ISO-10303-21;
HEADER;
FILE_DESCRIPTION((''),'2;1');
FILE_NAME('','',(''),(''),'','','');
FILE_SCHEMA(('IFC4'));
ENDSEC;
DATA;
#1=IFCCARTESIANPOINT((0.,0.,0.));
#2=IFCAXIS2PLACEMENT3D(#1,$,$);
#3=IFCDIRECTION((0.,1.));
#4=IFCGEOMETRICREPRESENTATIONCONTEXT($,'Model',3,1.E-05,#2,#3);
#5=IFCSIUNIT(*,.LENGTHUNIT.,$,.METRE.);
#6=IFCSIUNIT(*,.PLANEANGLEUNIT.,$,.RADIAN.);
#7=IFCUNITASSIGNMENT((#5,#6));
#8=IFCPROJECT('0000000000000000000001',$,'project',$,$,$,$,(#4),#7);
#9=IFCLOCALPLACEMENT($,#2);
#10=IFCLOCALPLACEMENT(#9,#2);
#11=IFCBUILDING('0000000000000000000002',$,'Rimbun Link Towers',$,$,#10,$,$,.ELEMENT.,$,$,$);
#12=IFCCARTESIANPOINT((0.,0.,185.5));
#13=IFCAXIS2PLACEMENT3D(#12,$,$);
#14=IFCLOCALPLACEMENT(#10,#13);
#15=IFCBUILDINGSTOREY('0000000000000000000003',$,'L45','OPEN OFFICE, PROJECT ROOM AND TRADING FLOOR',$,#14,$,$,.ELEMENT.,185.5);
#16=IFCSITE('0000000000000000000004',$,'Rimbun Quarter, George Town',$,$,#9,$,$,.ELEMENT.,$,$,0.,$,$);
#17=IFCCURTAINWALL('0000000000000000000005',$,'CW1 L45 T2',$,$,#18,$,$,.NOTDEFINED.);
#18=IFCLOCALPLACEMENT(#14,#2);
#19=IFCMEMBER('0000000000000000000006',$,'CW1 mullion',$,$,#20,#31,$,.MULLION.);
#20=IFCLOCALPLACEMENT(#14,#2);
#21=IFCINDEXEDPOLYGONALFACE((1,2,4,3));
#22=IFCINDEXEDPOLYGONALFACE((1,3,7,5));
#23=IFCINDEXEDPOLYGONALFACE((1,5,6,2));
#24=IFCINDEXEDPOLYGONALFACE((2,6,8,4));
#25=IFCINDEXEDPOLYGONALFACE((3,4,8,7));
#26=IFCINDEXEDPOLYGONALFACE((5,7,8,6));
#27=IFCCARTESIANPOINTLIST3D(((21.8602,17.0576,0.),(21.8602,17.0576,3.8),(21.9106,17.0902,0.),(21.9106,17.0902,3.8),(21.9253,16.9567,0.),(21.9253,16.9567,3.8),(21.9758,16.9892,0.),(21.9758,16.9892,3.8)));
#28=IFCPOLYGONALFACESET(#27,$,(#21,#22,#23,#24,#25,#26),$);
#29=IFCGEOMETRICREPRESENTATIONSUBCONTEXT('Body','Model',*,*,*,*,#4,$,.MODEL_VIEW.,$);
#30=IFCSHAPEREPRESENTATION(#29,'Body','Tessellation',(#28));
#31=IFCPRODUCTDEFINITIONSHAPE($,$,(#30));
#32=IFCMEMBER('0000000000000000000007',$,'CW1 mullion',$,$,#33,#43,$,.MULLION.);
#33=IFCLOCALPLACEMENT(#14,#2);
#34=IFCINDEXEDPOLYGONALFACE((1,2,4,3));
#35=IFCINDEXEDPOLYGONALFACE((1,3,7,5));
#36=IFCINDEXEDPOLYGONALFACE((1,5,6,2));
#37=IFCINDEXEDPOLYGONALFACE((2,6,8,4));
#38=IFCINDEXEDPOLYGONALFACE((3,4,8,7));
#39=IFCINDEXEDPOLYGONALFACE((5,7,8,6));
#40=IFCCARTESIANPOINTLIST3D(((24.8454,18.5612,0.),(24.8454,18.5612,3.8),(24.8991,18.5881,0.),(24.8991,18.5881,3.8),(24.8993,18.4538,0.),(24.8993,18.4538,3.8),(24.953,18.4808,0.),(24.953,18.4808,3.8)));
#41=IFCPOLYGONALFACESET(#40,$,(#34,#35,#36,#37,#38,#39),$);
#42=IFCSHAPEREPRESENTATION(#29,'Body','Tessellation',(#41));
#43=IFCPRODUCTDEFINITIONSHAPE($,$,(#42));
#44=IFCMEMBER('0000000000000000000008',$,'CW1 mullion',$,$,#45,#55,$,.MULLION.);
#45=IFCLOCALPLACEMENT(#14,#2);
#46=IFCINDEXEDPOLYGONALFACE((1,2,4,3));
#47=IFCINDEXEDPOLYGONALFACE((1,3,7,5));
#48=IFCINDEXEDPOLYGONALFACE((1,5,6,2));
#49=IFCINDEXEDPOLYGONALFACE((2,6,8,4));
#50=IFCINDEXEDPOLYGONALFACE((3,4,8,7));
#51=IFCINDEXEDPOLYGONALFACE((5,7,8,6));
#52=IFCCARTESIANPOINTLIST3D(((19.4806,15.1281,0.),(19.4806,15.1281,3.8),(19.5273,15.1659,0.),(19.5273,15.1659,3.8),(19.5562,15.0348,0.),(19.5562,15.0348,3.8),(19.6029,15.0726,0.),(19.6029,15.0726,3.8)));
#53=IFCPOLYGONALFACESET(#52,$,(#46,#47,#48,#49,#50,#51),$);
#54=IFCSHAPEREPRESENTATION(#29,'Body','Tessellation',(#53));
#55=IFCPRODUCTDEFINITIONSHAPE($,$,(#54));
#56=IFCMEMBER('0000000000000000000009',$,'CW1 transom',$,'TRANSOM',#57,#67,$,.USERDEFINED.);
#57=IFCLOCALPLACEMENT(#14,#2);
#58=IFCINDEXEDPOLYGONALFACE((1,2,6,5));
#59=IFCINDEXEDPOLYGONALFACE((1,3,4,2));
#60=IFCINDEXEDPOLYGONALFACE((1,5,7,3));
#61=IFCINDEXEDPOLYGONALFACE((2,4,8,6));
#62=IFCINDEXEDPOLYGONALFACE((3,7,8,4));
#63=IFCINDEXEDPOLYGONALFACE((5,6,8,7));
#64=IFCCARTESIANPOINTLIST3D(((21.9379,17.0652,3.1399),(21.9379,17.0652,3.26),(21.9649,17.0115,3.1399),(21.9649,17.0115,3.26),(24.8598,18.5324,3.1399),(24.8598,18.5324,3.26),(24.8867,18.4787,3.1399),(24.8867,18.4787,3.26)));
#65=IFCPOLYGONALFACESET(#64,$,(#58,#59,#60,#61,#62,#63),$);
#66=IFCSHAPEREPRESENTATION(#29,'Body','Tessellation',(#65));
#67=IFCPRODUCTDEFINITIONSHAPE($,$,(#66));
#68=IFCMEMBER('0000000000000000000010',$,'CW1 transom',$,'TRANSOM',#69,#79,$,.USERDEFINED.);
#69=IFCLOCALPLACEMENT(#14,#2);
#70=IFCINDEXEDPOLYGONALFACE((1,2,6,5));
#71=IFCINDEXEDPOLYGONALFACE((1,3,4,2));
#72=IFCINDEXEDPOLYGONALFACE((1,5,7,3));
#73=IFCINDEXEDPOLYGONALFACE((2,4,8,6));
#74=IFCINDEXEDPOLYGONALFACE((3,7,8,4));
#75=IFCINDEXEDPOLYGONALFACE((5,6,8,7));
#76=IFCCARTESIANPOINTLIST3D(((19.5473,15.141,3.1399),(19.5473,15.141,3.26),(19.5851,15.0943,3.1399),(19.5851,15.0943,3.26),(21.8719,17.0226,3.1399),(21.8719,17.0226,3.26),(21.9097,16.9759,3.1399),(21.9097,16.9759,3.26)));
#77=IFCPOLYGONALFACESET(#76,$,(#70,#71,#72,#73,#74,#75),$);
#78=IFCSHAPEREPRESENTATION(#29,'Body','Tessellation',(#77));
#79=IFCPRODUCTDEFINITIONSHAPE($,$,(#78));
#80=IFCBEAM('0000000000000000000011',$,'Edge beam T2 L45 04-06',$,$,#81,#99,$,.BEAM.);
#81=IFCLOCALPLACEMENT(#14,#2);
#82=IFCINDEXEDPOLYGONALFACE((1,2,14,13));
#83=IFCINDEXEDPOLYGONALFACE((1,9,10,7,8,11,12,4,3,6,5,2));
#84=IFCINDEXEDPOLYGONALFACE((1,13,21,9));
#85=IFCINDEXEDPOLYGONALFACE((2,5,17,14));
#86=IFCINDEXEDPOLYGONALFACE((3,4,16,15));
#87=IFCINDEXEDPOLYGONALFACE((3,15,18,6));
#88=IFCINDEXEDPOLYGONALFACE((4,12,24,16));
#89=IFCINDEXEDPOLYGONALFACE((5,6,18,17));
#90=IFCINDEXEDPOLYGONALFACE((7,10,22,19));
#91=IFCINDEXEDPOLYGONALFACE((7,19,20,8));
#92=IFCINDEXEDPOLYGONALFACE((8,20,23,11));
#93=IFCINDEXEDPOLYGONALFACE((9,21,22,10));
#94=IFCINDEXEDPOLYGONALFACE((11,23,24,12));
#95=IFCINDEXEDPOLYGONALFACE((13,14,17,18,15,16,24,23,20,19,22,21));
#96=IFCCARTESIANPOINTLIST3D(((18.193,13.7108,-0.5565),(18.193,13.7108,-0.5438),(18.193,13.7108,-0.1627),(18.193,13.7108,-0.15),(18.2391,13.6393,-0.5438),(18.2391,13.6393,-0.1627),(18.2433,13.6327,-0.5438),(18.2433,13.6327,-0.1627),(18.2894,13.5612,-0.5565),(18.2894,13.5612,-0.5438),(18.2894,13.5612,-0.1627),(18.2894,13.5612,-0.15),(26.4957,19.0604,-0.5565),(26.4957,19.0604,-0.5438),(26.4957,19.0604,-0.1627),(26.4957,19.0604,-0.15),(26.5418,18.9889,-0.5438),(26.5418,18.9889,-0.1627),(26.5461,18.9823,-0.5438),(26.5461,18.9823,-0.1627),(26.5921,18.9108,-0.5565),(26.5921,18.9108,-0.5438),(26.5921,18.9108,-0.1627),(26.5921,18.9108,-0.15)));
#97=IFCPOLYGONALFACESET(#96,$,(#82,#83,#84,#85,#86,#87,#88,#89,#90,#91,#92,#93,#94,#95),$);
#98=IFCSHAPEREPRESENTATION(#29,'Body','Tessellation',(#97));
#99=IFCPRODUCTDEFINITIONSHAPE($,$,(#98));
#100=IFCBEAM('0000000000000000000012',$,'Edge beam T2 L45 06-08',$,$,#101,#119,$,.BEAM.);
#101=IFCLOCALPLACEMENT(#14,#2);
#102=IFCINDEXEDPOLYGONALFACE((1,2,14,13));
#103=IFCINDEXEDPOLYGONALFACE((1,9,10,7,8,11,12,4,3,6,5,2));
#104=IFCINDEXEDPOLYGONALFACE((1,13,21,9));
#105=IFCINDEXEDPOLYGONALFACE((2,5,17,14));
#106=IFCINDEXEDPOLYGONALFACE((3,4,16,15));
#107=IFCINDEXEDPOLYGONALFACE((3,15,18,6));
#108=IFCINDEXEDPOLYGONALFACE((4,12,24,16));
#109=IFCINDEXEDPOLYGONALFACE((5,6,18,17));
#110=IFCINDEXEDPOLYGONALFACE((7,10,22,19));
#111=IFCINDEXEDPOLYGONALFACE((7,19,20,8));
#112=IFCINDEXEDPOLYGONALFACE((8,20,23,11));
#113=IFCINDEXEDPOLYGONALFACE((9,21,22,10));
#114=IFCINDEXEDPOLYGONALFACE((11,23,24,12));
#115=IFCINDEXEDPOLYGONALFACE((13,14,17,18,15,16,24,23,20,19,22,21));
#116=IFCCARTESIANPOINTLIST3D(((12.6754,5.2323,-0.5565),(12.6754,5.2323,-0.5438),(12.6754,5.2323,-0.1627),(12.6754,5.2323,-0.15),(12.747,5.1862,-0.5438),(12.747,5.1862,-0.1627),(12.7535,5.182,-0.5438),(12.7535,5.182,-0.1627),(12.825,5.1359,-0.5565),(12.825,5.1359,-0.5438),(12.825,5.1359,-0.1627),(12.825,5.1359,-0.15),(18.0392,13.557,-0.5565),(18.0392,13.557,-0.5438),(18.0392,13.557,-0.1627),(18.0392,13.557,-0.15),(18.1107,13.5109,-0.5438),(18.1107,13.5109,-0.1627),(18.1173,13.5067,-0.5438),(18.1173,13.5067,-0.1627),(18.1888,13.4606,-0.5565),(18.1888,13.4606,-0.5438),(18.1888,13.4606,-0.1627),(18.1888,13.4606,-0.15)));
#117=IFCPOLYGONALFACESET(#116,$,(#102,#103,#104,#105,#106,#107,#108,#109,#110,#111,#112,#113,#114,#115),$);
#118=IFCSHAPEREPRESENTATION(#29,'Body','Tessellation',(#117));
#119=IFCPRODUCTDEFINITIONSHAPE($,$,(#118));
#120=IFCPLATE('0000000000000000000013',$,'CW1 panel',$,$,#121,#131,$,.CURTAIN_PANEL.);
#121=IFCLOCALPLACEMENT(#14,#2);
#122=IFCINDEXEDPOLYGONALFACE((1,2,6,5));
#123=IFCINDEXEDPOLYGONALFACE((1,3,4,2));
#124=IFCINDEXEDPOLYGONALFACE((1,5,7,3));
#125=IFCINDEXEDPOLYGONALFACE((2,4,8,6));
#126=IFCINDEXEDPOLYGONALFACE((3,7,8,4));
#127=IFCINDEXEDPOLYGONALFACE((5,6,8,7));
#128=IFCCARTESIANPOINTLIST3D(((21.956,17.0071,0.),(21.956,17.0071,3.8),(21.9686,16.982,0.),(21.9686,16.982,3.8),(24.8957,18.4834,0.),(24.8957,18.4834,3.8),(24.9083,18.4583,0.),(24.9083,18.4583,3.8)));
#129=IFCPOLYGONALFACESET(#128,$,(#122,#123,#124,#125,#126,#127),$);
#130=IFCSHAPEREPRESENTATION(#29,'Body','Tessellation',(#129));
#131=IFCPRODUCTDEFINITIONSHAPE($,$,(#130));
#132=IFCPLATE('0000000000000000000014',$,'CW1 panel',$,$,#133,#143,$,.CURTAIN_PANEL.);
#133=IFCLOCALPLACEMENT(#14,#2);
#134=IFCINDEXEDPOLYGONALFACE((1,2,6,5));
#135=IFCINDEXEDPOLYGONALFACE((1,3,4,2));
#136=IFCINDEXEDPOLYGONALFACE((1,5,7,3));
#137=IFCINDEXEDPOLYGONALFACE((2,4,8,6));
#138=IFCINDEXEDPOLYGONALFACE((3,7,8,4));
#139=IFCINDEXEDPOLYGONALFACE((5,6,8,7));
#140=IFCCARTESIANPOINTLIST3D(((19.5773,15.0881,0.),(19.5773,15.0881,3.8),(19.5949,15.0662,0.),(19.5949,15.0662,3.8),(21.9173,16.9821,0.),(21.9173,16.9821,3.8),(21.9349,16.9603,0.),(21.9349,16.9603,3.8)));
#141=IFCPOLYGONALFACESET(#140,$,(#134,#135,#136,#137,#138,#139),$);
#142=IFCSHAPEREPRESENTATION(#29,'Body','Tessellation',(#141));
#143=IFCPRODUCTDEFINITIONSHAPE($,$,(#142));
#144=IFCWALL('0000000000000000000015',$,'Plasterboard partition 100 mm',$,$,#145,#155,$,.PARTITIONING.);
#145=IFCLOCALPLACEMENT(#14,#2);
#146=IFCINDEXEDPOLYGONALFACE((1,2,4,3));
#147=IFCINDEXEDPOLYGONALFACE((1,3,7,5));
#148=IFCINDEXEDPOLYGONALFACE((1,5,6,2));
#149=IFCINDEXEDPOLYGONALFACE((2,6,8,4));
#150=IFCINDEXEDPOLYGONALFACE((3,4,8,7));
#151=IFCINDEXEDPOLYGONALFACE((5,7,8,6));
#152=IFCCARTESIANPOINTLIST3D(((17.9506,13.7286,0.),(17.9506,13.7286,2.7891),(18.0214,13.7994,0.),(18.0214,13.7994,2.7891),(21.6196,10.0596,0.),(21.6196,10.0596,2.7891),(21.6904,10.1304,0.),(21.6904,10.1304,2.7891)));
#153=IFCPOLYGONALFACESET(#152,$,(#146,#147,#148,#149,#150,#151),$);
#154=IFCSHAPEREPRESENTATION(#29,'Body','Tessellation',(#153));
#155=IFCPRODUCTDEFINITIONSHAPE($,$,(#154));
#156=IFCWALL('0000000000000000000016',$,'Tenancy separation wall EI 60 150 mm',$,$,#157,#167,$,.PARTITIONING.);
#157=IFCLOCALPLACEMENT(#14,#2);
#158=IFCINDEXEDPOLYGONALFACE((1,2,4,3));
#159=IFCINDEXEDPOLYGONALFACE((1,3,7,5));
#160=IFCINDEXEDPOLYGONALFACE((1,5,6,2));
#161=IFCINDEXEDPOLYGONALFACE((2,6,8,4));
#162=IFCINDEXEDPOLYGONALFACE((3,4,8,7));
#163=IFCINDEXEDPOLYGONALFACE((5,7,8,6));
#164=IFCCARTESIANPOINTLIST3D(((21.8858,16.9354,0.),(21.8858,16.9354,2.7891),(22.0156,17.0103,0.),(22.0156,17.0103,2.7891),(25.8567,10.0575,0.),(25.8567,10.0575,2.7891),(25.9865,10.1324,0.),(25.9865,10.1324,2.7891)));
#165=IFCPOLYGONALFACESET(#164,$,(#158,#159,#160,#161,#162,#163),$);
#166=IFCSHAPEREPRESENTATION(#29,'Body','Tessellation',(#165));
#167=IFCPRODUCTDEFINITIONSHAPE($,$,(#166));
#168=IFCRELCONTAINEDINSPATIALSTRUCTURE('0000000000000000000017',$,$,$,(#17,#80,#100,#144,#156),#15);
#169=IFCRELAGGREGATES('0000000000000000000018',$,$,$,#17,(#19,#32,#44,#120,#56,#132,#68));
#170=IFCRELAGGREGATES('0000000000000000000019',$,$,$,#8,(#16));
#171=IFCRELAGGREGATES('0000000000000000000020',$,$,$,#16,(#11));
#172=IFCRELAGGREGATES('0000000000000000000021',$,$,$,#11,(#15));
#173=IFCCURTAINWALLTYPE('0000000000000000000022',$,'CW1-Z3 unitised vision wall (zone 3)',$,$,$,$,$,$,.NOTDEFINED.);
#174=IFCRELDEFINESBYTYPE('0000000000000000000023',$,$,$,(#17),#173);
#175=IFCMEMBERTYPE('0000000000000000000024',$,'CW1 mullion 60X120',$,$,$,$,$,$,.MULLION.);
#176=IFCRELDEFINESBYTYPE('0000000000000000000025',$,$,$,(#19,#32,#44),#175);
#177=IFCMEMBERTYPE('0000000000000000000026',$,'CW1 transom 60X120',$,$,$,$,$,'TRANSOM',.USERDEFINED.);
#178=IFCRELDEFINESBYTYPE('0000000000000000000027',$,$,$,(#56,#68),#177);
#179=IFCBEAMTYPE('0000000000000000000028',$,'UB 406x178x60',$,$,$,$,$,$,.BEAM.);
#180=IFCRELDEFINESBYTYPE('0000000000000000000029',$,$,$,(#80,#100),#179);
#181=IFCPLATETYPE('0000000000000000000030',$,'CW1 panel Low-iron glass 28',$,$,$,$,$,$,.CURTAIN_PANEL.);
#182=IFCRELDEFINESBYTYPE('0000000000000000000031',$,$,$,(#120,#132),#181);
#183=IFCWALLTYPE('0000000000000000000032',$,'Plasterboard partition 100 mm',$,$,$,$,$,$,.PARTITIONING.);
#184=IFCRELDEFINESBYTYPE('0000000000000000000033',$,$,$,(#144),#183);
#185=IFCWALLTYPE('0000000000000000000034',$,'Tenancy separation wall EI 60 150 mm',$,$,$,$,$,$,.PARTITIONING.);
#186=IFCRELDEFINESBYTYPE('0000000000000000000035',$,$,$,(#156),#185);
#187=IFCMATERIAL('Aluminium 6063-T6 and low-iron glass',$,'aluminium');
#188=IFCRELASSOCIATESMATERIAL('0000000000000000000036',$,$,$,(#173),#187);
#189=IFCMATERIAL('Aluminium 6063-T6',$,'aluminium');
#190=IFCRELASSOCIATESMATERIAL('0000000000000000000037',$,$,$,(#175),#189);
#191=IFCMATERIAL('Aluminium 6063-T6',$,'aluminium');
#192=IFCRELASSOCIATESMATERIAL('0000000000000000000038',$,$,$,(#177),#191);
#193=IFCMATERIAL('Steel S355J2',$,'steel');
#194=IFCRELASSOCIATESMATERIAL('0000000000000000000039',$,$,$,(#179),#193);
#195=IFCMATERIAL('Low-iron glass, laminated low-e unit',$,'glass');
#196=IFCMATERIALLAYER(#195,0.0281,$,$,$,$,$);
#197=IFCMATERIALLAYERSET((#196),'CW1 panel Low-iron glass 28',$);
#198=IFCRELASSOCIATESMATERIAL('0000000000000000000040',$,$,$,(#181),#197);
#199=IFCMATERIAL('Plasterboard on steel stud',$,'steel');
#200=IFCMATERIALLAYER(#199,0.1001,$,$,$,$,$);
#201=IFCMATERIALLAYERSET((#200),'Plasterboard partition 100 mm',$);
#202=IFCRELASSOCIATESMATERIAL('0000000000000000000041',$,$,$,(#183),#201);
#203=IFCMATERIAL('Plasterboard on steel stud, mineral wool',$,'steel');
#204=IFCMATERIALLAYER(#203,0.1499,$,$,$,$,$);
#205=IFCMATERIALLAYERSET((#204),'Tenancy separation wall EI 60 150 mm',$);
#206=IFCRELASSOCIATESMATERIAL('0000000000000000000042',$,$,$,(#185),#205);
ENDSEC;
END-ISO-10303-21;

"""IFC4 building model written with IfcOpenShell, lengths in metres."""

from ifc_helpers import new_model, si_unit, direction, frame, frame_2d, origin, origin_2d, place, context, subcontext, project, spatial, rectangle, i_section, extrude, material, layer, layer_set, material_profile, profile_set, type_object, element, aggregate, save


model = new_model("IFC4")

# Units and contexts
model_context = context("Model", 3, precision=1e-05, world=origin(), true_north=direction((0.0, 1.0)))
body_context = subcontext(model_context, "Body", "Model", "MODEL_VIEW")
ifc_project = project(units=[si_unit("LENGTHUNIT", "METRE"), si_unit("PLANEANGLEUNIT", "RADIAN")], contexts=[model_context])

# Site, building, storey
site_placement = place(None, origin())
site = spatial("IfcSite", under=ifc_project, at=site_placement, Name="Rimbun Quarter, George Town", CompositionType="ELEMENT", RefElevation=0.0)
building_placement = place(site_placement, origin())
building = spatial("IfcBuilding", under=site, at=building_placement, Name="Rimbun Link Towers", CompositionType="ELEMENT")
storey_placement = place(building_placement, frame((0.0, 0.0, 185.5)))
storey = spatial("IfcBuildingStorey", under=building, at=storey_placement, Name="L45", Description="OPEN OFFICE, PROJECT ROOM AND TRADING FLOOR", CompositionType="ELEMENT", Elevation=185.5)

# Curtain wall, members
ifc_material_1 = material(Name="Aluminium 6063-T6 and low-iron glass", Category="aluminium")
curtain_wall_type = type_object("IfcCurtainWallType", Name="CW1-Z3 unitised vision wall (zone 3)", PredefinedType="NOTDEFINED", material=ifc_material_1)
curtain_wall_placement = place(storey_placement, origin())
curtain_wall = element("IfcCurtainWall", 1, at=curtain_wall_placement, inside=storey, type_object=curtain_wall_type, Name="CW1 L45 T2", PredefinedType="NOTDEFINED")
ifc_material_2 = material(Name="Aluminium 6063-T6", Category="aluminium")
ifc_material_profile_1 = material_profile(ifc_material_2, rectangle(XDim=0.1201, YDim=0.0601, at=origin_2d()), Name="MULLION 60X120")
ifc_profile_set_1 = profile_set([ifc_material_profile_1], Name="Aluminium 6063-T6")
member_type_1 = type_object("IfcMemberType", Name="CW1 mullion 60X120", PredefinedType="MULLION", material=ifc_profile_set_1)
member_1_placement = place(storey_placement, frame((21.918, 17.0234, 0.0), z_axis=(0.0, 0.0, 1.0), x_axis=(-0.542094, 0.840318, 0.0)))
member_1 = element("IfcMember", 2, at=member_1_placement, type_object=member_type_1, Name="CW1 mullion", PredefinedType="MULLION", context=body_context, shape_type="SweptSolid", body=[
    extrude(rectangle(XDim=0.1201, YDim=0.0601, at=origin_2d()), origin(), (0.0, 0.0, 1.0), 3.8),
])
member_2_placement = place(storey_placement, frame((24.8992, 18.521, 0.0), z_axis=(0.0, 0.0, 1.0), x_axis=(-0.448781, 0.893642, 0.0)))
member_2 = element("IfcMember", 3, at=member_2_placement, type_object=member_type_1, Name="CW1 mullion", PredefinedType="MULLION", context=body_context, shape_type="SweptSolid", body=[
    extrude(rectangle(XDim=0.1201, YDim=0.0601, at=origin_2d()), origin(), (0.0, 0.0, 1.0), 3.8),
])
member_3_placement = place(storey_placement, frame((19.5417, 15.1003, 0.0), z_axis=(0.0, 0.0, 1.0), x_axis=(-0.629146, 0.777287, 0.0)))
member_3 = element("IfcMember", 4, at=member_3_placement, type_object=member_type_1, Name="CW1 mullion", PredefinedType="MULLION", context=body_context, shape_type="SweptSolid", body=[
    extrude(rectangle(XDim=0.1201, YDim=0.0601, at=origin_2d()), origin(), (0.0, 0.0, 1.0), 3.8),
])
ifc_material_3 = material(Name="Aluminium 6063-T6", Category="aluminium")
ifc_material_profile_2 = material_profile(ifc_material_3, rectangle(XDim=0.0601, YDim=0.1201, at=origin_2d()), Name="TRANSOM 60X120")
ifc_profile_set_2 = profile_set([ifc_material_profile_2], Name="Aluminium 6063-T6")
member_type_2 = type_object("IfcMemberType", Name="CW1 transom 60X120", ElementType="TRANSOM", PredefinedType="USERDEFINED", material=ifc_profile_set_2)
member_4_placement = place(storey_placement, frame((21.9514, 17.0383, 3.2), z_axis=(0.893649, 0.448766, 0.0), x_axis=(-0.448766, 0.893649, 0.0)))
member_4 = element("IfcMember", 5, at=member_4_placement, type_object=member_type_2, Name="CW1 transom", ObjectType="TRANSOM", PredefinedType="USERDEFINED", context=body_context, shape_type="SweptSolid", body=[
    extrude(rectangle(XDim=0.0601, YDim=0.1201, at=origin_2d()), origin(), (0.0, 0.0, 1.0), 3.2695),
])
member_5_placement = place(storey_placement, frame((19.5662, 15.1177, 3.2), z_axis=(0.777296, 0.629135, 0.0), x_axis=(-0.629135, 0.777296, 0.0)))
member_5 = element("IfcMember", 6, at=member_5_placement, type_object=member_type_2, Name="CW1 transom", ObjectType="TRANSOM", PredefinedType="USERDEFINED", context=body_context, shape_type="SweptSolid", body=[
    extrude(rectangle(XDim=0.0601, YDim=0.1201, at=origin_2d()), origin(), (0.0, 0.0, 1.0), 2.9907),
])

# Beams
ifc_material_4 = material(Name="Steel S355J2", Category="steel")
ifc_material_profile_3 = material_profile(ifc_material_4, i_section(OverallWidth=0.178, OverallDepth=0.4065, WebThickness=0.0078, FlangeThickness=0.0127, at=origin_2d()), Name="UB 406x178x60")
ifc_profile_set_3 = profile_set([ifc_material_profile_3], Name="Steel S355J2")
beam_type = type_object("IfcBeamType", Name="UB 406x178x60", PredefinedType="BEAM", material=ifc_profile_set_3)
beam_1_placement = place(storey_placement, frame((26.5439, 18.9856, -0.3533), z_axis=(-0.840619, -0.541627, 0.0), x_axis=(0.541627, -0.840619, 0.0)))
element("IfcBeam", 7, at=beam_1_placement, inside=storey, type_object=beam_type, Name="Edge beam T2 L45 04-06", PredefinedType="BEAM", context=body_context, shape_type="SweptSolid", body=[
    extrude(i_section(OverallWidth=0.178, OverallDepth=0.4065, WebThickness=0.0078, FlangeThickness=0.0127, at=origin_2d()), origin(), (0.0, 0.0, 1.0), 9.877),
])
beam_2_placement = place(storey_placement, frame((18.114, 13.5088, -0.3533), z_axis=(-0.541627, -0.840619, 0.0), x_axis=(0.840619, -0.541627, 0.0)))
element("IfcBeam", 8, at=beam_2_placement, inside=storey, type_object=beam_type, Name="Edge beam T2 L45 06-08", PredefinedType="BEAM", context=body_context, shape_type="SweptSolid", body=[
    extrude(i_section(OverallWidth=0.178, OverallDepth=0.4065, WebThickness=0.0078, FlangeThickness=0.0127, at=origin_2d()), origin(), (0.0, 0.0, 1.0), 9.9031),
])

# Plates
ifc_material_5 = material(Name="Low-iron glass, laminated low-e unit", Category="glass")
ifc_layer_1 = layer(ifc_material_5, 0.0281)
ifc_layer_set_1 = layer_set([ifc_layer_1], Name="CW1 panel Low-iron glass 28")
plate_type = type_object("IfcPlateType", Name="CW1 panel Low-iron glass 28", PredefinedType="CURTAIN_PANEL", material=ifc_layer_set_1)
plate_1_placement = place(storey_placement, frame((23.4321, 17.7327, 0.0), z_axis=(0.0, 0.0, 1.0), x_axis=(0.893642, 0.448781, 0.0)))
plate_1 = element("IfcPlate", 9, at=plate_1_placement, type_object=plate_type, Name="CW1 panel", PredefinedType="CURTAIN_PANEL", context=body_context, shape_type="SweptSolid", body=[
    extrude(rectangle(XDim=3.2896, YDim=0.0281, at=origin_2d()), origin(), (0.0, 0.0, 1.0), 3.8),
])
plate_2_placement = place(storey_placement, frame((20.7561, 16.0242, 0.0), z_axis=(0.0, 0.0, 1.0), x_axis=(0.777287, 0.629146, 0.0)))
plate_2 = element("IfcPlate", 10, at=plate_2_placement, type_object=plate_type, Name="CW1 panel", PredefinedType="CURTAIN_PANEL", context=body_context, shape_type="SweptSolid", body=[
    extrude(rectangle(XDim=3.0105, YDim=0.0281, at=origin_2d()), origin(), (0.0, 0.0, 1.0), 3.8),
])
aggregate(curtain_wall, [member_1, member_2, member_3, plate_1, member_4, plate_2, member_5])

# Walls
ifc_material_6 = material(Name="Plasterboard on steel stud", Category="steel")
ifc_layer_2 = layer(ifc_material_6, 0.1001)
ifc_layer_set_2 = layer_set([ifc_layer_2], Name="Plasterboard partition 100 mm")
wall_type_1 = type_object("IfcWallType", Name="Plasterboard partition 100 mm", PredefinedType="PARTITIONING", material=ifc_layer_set_2)
wall_1_placement = place(storey_placement, frame((17.9861, 13.7639, 0.0), z_axis=(0.0, 0.0, 1.0), x_axis=(0.707107, -0.707107, 0.0)))
element("IfcWall", 11, at=wall_1_placement, inside=storey, type_object=wall_type_1, Name="Plasterboard partition 100 mm", PredefinedType="PARTITIONING", context=body_context, shape_type="SweptSolid", body=[
    extrude(rectangle(XDim=5.1887, YDim=0.1001, at=frame_2d((2.5942, 0.0))), origin(), (0.0, 0.0, 1.0), 2.7891),
])
ifc_material_7 = material(Name="Plasterboard on steel stud, mineral wool", Category="steel")
ifc_layer_3 = layer(ifc_material_7, 0.1499)
ifc_layer_set_3 = layer_set([ifc_layer_3], Name="Tenancy separation wall EI 60 150 mm")
wall_type_2 = type_object("IfcWallType", Name="Tenancy separation wall EI 60 150 mm", PredefinedType="PARTITIONING", material=ifc_layer_set_3)
wall_2_placement = place(storey_placement, frame((25.9216, 10.095, 0.0), z_axis=(0.0, 0.0, 1.0), x_axis=(-0.499997, 0.866027, 0.0)))
element("IfcWall", 12, at=wall_2_placement, inside=storey, type_object=wall_type_2, Name="Tenancy separation wall EI 60 150 mm", PredefinedType="PARTITIONING", context=body_context, shape_type="SweptSolid", body=[
    extrude(rectangle(XDim=7.9419, YDim=0.1499, at=frame_2d((3.9709, 0.0))), origin(), (0.0, 0.0, 1.0), 2.7891),
])

save(model, "model.ifc")
